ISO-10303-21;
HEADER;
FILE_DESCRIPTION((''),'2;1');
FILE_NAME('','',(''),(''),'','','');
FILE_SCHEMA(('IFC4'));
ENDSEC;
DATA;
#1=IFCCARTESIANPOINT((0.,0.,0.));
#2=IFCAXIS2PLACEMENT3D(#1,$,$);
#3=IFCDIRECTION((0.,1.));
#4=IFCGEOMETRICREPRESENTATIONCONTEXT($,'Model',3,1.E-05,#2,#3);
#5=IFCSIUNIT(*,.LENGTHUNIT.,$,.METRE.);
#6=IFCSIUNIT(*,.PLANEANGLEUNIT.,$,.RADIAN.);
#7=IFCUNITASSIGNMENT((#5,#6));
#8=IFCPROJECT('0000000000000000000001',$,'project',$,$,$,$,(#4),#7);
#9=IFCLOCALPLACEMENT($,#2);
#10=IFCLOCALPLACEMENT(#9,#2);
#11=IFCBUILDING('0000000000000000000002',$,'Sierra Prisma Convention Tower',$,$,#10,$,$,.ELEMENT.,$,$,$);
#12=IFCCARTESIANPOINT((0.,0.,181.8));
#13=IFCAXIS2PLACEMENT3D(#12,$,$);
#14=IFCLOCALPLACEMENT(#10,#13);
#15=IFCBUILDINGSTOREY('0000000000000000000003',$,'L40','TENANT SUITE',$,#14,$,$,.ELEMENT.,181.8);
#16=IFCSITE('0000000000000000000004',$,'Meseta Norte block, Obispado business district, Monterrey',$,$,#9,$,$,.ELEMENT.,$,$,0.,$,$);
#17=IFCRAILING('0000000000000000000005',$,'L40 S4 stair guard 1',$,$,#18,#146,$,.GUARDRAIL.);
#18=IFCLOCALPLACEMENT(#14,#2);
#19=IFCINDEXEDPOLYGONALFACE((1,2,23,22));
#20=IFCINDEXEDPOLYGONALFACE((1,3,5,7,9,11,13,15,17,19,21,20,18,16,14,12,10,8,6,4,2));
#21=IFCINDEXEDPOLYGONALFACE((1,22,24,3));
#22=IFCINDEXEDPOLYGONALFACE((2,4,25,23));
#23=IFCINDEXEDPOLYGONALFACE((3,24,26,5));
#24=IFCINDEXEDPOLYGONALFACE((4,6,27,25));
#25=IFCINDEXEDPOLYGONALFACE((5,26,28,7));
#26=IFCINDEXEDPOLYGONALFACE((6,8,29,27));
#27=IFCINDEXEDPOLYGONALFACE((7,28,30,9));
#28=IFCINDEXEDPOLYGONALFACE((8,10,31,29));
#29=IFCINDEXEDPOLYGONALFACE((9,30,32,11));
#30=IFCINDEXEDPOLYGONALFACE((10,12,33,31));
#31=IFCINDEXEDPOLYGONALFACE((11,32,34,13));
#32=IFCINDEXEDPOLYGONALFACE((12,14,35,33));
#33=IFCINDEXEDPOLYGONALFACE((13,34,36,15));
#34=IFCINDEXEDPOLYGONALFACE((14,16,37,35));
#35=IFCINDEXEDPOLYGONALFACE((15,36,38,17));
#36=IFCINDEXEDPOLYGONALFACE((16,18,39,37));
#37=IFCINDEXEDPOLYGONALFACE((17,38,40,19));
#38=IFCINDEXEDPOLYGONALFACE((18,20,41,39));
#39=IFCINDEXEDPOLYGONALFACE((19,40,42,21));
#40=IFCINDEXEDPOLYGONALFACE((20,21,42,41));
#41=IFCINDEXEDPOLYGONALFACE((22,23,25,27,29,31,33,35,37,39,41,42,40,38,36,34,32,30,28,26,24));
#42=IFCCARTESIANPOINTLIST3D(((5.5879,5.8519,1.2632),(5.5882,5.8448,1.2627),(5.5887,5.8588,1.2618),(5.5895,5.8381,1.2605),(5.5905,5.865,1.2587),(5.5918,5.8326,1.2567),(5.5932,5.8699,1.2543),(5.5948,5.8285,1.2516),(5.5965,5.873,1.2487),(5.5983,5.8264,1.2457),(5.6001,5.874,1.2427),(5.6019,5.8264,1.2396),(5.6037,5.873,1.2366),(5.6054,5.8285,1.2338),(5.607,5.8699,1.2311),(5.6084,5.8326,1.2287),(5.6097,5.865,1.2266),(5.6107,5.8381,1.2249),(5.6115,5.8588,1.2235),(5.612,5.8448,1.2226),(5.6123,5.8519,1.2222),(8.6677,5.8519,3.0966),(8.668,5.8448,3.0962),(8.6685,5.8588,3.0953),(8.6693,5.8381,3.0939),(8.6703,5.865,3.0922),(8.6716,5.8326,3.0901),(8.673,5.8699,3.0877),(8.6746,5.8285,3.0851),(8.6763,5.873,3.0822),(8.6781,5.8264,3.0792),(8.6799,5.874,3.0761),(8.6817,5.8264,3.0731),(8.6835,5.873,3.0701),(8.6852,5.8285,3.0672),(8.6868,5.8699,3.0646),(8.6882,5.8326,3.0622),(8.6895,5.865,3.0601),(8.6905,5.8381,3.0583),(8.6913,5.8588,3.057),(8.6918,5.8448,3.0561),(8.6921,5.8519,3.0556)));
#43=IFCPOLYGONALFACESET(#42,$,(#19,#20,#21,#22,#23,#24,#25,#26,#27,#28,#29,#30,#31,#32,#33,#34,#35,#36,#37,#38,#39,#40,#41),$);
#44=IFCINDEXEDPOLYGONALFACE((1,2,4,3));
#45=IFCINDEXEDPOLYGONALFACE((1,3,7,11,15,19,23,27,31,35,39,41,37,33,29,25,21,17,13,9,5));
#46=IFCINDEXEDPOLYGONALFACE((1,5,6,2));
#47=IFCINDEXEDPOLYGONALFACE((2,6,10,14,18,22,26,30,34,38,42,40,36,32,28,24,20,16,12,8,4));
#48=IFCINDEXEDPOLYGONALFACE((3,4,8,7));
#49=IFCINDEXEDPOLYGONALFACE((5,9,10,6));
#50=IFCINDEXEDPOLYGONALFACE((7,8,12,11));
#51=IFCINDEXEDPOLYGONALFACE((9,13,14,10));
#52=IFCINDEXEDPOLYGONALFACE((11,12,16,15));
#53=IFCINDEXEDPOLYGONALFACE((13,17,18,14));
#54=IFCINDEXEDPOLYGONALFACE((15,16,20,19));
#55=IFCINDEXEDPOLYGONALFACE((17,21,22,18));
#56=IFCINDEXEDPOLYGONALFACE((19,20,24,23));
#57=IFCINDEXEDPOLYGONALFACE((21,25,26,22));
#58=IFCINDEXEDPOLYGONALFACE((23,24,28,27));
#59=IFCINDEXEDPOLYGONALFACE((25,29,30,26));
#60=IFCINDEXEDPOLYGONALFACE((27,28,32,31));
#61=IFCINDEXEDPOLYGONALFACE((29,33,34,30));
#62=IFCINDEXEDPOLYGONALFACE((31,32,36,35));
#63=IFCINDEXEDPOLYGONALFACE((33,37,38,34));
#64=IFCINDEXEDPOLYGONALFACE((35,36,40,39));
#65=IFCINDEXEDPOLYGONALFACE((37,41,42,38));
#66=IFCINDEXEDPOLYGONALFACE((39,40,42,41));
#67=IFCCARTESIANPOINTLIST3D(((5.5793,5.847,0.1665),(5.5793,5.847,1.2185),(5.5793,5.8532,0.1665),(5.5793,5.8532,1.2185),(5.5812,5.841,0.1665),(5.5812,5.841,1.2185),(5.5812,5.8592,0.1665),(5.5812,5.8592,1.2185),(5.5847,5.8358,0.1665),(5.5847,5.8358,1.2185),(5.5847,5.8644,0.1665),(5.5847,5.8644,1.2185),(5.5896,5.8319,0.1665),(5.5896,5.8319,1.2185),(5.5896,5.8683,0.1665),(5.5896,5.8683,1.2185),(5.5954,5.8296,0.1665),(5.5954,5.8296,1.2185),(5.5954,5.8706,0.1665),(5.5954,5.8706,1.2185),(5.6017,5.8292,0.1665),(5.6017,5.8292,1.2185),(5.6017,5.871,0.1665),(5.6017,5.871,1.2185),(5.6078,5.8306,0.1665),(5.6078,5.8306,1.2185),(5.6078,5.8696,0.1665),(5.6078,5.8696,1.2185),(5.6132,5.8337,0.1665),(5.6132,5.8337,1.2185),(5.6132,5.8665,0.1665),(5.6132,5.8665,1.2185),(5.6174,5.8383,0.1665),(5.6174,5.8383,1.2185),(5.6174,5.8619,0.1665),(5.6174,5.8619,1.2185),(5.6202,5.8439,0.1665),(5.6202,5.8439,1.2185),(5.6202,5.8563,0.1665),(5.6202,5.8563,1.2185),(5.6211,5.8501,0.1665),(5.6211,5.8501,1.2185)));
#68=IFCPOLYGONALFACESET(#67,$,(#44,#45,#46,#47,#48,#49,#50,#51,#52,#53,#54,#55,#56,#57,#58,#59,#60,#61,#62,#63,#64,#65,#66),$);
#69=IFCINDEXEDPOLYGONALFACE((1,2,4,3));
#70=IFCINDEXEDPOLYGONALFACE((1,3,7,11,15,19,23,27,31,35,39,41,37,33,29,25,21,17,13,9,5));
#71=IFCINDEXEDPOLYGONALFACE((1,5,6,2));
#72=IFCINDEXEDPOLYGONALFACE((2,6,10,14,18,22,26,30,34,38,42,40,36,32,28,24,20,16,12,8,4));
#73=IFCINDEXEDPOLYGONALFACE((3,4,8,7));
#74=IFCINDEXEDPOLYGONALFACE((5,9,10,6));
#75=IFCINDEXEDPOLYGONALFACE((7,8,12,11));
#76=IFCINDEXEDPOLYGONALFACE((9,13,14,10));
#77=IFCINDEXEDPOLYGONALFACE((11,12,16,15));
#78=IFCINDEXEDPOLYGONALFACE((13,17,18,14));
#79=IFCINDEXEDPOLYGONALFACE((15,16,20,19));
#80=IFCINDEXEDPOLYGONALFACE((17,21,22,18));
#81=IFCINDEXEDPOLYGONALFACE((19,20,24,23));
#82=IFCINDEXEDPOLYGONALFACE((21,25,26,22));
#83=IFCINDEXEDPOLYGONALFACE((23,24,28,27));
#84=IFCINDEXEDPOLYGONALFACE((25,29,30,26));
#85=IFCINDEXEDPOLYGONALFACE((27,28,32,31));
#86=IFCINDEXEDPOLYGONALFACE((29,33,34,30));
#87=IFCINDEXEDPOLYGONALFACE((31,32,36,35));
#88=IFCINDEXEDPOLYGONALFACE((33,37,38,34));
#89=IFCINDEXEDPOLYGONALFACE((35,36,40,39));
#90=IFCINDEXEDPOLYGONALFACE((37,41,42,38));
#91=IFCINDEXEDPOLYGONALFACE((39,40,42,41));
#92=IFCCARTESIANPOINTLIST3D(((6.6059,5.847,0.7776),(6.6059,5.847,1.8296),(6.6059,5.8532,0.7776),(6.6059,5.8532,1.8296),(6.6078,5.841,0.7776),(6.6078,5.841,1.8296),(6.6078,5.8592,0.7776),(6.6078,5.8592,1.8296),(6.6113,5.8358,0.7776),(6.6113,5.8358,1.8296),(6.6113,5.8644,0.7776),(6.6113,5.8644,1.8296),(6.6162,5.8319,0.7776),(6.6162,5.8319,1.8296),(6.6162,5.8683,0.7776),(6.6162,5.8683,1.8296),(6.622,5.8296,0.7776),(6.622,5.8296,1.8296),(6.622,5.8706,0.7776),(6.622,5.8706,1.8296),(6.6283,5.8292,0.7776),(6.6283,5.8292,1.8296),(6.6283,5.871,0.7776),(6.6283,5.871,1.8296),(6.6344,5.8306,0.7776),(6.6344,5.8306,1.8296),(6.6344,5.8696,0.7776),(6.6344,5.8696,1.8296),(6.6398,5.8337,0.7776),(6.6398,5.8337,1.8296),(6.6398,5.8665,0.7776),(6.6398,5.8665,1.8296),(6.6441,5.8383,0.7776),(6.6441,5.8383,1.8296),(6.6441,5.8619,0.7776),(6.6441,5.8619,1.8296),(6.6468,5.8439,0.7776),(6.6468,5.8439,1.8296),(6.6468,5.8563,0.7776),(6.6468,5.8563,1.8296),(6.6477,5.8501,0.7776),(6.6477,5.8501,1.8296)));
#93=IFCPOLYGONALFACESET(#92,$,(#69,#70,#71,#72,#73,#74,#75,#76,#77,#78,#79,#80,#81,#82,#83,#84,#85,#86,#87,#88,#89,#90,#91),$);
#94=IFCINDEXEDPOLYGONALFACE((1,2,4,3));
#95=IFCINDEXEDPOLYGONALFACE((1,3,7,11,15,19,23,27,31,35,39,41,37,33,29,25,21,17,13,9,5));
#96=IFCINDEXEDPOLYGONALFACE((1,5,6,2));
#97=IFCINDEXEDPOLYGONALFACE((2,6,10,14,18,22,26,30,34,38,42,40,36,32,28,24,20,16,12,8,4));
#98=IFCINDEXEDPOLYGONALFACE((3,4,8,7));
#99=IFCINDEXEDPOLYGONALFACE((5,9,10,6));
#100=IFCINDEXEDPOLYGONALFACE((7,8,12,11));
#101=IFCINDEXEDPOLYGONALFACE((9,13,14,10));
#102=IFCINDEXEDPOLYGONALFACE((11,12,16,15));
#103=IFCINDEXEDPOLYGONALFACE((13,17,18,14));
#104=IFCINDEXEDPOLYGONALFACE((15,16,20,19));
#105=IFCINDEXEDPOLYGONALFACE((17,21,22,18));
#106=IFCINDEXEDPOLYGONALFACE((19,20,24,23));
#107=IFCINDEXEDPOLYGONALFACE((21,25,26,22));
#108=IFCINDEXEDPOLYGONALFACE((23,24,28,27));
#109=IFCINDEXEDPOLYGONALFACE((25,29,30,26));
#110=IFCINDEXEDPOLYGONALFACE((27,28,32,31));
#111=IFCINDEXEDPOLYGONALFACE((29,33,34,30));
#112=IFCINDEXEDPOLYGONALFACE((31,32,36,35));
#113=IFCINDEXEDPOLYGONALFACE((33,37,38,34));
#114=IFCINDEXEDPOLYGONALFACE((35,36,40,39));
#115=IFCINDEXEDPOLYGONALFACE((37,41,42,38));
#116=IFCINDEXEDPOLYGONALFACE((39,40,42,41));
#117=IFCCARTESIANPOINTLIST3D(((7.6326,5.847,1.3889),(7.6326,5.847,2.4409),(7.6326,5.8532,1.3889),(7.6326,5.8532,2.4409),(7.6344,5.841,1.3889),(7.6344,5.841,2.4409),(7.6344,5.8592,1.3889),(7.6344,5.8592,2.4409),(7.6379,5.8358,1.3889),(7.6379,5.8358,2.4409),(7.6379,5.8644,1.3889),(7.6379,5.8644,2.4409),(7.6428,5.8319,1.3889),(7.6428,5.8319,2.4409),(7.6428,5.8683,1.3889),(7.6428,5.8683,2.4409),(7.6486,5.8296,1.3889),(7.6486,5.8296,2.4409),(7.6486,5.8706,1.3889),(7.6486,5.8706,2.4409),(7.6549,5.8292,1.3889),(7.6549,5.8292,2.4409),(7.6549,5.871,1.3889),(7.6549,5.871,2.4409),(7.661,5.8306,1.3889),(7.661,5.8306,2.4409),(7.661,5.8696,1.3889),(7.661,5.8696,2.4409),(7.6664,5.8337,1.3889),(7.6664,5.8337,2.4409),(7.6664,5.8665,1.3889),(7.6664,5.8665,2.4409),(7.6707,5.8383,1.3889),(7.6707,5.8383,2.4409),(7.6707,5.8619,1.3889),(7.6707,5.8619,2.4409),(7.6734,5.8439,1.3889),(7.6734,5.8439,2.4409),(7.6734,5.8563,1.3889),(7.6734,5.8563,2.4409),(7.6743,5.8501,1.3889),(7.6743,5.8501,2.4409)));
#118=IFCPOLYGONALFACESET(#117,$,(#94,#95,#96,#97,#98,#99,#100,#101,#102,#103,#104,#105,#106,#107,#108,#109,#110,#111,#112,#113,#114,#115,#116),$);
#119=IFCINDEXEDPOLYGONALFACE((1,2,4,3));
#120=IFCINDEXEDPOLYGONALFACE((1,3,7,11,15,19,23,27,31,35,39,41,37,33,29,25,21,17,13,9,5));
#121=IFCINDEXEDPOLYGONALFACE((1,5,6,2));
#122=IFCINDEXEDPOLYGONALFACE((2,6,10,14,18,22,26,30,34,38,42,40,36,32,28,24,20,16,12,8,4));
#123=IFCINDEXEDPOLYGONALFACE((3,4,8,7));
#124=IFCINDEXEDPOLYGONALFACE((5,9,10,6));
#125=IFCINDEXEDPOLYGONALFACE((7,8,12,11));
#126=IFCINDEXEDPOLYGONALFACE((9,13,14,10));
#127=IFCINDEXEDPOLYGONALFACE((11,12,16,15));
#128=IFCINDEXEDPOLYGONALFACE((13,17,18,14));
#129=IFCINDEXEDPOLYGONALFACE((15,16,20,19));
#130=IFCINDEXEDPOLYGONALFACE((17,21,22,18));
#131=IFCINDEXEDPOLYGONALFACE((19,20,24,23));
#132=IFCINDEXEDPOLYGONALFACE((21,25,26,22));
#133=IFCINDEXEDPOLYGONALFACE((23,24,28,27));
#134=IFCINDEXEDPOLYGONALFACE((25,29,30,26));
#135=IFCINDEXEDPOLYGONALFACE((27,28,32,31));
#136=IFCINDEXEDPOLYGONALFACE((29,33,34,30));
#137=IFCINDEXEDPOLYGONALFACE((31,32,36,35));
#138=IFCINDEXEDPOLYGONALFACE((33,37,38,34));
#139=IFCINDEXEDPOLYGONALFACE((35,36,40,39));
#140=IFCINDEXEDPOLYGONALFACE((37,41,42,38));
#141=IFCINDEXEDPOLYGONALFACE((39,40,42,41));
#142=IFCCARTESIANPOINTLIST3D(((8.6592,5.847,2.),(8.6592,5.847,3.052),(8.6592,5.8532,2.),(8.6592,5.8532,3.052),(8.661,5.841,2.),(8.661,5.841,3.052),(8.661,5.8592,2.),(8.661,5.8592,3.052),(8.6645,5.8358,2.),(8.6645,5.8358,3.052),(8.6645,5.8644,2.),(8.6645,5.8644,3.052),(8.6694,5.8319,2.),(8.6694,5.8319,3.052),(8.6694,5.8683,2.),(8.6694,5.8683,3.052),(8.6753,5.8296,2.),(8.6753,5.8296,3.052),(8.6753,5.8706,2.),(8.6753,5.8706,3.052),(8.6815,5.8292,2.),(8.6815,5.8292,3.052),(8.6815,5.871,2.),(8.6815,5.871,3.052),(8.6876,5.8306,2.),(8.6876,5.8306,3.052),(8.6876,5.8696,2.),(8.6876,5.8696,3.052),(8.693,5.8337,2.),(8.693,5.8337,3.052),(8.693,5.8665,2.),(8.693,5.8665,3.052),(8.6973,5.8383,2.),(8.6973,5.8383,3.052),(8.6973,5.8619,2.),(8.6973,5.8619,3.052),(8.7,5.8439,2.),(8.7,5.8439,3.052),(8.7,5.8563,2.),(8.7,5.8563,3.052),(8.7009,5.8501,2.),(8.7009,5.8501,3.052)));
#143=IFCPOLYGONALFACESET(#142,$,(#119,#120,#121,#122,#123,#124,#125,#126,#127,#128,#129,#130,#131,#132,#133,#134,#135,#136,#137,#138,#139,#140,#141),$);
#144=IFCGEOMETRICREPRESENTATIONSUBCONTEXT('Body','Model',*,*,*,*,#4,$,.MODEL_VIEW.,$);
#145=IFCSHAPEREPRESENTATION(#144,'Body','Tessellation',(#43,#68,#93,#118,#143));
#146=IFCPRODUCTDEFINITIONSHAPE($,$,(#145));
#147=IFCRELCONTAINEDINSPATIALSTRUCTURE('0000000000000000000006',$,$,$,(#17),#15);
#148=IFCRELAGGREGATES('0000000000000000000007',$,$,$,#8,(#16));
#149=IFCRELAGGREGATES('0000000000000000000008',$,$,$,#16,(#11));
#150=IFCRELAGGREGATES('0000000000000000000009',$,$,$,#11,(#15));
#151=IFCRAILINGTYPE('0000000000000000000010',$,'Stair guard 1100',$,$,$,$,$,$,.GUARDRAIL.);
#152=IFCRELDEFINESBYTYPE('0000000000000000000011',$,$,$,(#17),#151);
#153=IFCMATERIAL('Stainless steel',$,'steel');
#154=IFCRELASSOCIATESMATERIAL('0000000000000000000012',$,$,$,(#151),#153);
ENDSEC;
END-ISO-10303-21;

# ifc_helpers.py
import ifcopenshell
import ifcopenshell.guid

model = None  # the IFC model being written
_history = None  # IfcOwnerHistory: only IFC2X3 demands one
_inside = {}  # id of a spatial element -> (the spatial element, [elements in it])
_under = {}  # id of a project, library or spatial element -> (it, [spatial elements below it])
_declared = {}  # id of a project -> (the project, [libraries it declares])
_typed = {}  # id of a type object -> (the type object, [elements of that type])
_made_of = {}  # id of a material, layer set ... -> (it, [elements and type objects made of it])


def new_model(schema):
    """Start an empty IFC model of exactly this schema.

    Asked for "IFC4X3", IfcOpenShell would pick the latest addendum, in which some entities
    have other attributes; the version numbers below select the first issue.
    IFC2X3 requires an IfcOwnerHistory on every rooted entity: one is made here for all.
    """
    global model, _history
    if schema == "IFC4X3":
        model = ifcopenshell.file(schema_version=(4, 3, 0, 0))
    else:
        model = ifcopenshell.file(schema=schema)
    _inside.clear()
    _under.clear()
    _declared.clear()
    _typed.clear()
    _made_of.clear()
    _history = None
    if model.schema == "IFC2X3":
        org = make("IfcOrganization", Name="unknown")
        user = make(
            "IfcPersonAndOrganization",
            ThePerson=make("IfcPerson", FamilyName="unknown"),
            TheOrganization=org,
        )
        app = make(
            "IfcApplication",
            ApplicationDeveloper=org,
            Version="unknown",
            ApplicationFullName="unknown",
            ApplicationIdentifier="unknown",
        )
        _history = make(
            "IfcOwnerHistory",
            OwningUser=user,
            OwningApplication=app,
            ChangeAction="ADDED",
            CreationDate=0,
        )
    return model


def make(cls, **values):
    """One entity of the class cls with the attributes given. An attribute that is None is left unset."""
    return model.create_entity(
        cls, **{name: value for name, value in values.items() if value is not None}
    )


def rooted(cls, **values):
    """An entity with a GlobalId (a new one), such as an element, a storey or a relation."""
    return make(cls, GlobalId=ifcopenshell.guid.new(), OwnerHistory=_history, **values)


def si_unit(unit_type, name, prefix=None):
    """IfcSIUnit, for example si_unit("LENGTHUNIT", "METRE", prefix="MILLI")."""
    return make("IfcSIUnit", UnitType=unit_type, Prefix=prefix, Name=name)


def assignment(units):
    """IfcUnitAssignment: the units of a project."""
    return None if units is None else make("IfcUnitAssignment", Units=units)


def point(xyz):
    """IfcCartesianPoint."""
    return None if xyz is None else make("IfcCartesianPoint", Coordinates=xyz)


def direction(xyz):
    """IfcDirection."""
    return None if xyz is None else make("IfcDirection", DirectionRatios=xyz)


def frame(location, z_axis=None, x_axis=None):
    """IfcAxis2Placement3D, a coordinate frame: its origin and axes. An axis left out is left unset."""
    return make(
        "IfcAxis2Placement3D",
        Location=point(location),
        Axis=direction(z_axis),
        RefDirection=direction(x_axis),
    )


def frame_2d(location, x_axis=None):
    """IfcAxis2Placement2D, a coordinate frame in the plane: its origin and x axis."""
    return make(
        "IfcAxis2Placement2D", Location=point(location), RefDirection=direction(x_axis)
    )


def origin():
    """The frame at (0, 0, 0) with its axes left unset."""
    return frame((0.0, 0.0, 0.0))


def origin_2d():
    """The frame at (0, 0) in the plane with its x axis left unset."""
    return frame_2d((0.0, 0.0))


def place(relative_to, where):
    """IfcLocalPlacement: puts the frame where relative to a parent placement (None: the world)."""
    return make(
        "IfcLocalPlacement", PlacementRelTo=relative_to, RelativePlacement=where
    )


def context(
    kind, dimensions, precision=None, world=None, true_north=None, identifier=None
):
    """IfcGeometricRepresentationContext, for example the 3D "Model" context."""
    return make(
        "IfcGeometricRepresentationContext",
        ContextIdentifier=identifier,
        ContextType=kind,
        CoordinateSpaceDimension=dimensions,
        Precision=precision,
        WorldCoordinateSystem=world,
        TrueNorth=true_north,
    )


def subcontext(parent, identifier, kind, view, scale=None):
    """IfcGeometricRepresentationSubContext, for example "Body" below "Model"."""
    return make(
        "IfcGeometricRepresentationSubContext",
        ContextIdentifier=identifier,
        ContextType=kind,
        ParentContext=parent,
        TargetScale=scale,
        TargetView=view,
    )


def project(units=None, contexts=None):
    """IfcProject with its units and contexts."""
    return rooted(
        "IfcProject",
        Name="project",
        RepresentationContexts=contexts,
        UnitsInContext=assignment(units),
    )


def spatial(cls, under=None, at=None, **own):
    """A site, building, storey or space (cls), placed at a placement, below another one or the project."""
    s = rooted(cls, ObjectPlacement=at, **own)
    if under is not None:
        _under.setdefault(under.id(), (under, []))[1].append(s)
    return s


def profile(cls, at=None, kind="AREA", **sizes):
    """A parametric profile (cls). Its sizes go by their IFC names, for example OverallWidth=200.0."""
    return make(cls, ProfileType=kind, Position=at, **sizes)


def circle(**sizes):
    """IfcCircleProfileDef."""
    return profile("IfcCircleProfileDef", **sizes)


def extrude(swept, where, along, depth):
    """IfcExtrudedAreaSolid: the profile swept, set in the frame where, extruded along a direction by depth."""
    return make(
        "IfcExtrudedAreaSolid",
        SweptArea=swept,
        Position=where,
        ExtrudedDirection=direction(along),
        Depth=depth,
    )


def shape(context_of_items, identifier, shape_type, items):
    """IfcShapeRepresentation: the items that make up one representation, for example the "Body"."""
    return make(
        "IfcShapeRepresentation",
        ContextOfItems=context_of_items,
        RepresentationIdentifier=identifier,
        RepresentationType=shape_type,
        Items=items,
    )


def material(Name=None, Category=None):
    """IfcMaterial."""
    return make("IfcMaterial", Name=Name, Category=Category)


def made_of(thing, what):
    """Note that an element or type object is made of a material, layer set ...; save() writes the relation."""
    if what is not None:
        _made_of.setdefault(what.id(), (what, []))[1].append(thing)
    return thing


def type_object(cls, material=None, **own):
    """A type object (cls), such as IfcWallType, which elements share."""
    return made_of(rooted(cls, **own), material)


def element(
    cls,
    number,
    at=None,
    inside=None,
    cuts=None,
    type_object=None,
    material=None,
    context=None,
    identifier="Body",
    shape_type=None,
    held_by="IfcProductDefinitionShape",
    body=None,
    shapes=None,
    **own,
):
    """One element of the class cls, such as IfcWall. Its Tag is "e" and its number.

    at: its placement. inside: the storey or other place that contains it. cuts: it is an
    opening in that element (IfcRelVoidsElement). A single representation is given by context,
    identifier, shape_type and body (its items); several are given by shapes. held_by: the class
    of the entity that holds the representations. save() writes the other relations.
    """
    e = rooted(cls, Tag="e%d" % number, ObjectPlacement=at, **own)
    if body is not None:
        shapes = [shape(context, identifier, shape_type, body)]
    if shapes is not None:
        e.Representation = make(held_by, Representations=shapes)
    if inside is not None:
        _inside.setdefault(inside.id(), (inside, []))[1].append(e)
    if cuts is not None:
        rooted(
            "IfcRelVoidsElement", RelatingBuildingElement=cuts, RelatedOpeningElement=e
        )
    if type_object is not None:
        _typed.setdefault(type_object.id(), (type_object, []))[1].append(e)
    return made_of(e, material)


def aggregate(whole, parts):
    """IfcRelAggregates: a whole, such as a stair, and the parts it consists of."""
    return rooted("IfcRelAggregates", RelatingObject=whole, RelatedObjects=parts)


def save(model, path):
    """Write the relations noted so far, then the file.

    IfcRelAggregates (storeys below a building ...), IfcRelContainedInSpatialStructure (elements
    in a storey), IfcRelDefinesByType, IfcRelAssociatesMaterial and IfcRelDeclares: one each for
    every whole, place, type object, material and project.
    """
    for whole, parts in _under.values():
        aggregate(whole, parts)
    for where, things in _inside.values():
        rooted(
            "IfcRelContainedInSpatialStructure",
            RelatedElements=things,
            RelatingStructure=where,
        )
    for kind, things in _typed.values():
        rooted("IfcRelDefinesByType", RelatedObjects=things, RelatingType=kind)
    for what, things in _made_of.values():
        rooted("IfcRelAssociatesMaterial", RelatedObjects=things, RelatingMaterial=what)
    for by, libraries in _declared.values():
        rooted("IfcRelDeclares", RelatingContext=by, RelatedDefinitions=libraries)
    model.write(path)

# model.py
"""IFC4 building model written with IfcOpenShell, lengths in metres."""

from ifc_helpers import new_model, si_unit, direction, frame, origin, origin_2d, place, context, subcontext, project, spatial, circle, extrude, material, type_object, element, save


model = new_model("IFC4")

# Units and contexts
model_context = context("Model", 3, precision=1e-05, world=origin(), true_north=direction((0.0, 1.0)))
body_context = subcontext(model_context, "Body", "Model", "MODEL_VIEW")
ifc_project = project(units=[si_unit("LENGTHUNIT", "METRE"), si_unit("PLANEANGLEUNIT", "RADIAN")], contexts=[model_context])

# Site, building, storey
site_placement = place(None, origin())
site = spatial("IfcSite", under=ifc_project, at=site_placement, Name="Meseta Norte block, Obispado business district, Monterrey", CompositionType="ELEMENT", RefElevation=0.0)
building_placement = place(site_placement, origin())
building = spatial("IfcBuilding", under=site, at=building_placement, Name="Sierra Prisma Convention Tower", CompositionType="ELEMENT")
storey_placement = place(building_placement, frame((0.0, 0.0, 181.8)))
storey = spatial("IfcBuildingStorey", under=building, at=storey_placement, Name="L40", Description="TENANT SUITE", CompositionType="ELEMENT", Elevation=181.8)

# Railing
ifc_material_1 = material(Name="Stainless steel", Category="steel")
railing_type_1 = type_object("IfcRailingType", Name="Stair guard 1100", PredefinedType="GUARDRAIL", material=ifc_material_1)
railing_1_placement = place(storey_placement, frame((5.6001, 5.8501, 0.1665)))
element("IfcRailing", 1, at=railing_1_placement, inside=storey, type_object=railing_type_1, Name="L40 S4 stair guard 1", PredefinedType="GUARDRAIL", context=body_context, shape_type="SweptSolid", body=[
    extrude(circle(Radius=0.0239, at=origin_2d()), frame((0.0, 0.0, 1.0762), z_axis=(0.859261, 0.0, 0.511538), x_axis=(0.0, 1.0, 0.0)), (0.0, 0.0, 1.0), 3.5842),
    extrude(circle(Radius=0.021, at=origin_2d()), origin(), (0.0, 0.0, 1.0), 1.052),
    extrude(circle(Radius=0.021, at=origin_2d()), frame((1.0266, 0.0, 0.6111)), (0.0, 0.0, 1.0), 1.052),
    extrude(circle(Radius=0.021, at=origin_2d()), frame((2.0532, 0.0, 1.2224)), (0.0, 0.0, 1.0), 1.052),
    extrude(circle(Radius=0.021, at=origin_2d()), frame((3.0798, 0.0, 1.8335)), (0.0, 0.0, 1.0), 1.052),
])

save(model, "model.ifc")
